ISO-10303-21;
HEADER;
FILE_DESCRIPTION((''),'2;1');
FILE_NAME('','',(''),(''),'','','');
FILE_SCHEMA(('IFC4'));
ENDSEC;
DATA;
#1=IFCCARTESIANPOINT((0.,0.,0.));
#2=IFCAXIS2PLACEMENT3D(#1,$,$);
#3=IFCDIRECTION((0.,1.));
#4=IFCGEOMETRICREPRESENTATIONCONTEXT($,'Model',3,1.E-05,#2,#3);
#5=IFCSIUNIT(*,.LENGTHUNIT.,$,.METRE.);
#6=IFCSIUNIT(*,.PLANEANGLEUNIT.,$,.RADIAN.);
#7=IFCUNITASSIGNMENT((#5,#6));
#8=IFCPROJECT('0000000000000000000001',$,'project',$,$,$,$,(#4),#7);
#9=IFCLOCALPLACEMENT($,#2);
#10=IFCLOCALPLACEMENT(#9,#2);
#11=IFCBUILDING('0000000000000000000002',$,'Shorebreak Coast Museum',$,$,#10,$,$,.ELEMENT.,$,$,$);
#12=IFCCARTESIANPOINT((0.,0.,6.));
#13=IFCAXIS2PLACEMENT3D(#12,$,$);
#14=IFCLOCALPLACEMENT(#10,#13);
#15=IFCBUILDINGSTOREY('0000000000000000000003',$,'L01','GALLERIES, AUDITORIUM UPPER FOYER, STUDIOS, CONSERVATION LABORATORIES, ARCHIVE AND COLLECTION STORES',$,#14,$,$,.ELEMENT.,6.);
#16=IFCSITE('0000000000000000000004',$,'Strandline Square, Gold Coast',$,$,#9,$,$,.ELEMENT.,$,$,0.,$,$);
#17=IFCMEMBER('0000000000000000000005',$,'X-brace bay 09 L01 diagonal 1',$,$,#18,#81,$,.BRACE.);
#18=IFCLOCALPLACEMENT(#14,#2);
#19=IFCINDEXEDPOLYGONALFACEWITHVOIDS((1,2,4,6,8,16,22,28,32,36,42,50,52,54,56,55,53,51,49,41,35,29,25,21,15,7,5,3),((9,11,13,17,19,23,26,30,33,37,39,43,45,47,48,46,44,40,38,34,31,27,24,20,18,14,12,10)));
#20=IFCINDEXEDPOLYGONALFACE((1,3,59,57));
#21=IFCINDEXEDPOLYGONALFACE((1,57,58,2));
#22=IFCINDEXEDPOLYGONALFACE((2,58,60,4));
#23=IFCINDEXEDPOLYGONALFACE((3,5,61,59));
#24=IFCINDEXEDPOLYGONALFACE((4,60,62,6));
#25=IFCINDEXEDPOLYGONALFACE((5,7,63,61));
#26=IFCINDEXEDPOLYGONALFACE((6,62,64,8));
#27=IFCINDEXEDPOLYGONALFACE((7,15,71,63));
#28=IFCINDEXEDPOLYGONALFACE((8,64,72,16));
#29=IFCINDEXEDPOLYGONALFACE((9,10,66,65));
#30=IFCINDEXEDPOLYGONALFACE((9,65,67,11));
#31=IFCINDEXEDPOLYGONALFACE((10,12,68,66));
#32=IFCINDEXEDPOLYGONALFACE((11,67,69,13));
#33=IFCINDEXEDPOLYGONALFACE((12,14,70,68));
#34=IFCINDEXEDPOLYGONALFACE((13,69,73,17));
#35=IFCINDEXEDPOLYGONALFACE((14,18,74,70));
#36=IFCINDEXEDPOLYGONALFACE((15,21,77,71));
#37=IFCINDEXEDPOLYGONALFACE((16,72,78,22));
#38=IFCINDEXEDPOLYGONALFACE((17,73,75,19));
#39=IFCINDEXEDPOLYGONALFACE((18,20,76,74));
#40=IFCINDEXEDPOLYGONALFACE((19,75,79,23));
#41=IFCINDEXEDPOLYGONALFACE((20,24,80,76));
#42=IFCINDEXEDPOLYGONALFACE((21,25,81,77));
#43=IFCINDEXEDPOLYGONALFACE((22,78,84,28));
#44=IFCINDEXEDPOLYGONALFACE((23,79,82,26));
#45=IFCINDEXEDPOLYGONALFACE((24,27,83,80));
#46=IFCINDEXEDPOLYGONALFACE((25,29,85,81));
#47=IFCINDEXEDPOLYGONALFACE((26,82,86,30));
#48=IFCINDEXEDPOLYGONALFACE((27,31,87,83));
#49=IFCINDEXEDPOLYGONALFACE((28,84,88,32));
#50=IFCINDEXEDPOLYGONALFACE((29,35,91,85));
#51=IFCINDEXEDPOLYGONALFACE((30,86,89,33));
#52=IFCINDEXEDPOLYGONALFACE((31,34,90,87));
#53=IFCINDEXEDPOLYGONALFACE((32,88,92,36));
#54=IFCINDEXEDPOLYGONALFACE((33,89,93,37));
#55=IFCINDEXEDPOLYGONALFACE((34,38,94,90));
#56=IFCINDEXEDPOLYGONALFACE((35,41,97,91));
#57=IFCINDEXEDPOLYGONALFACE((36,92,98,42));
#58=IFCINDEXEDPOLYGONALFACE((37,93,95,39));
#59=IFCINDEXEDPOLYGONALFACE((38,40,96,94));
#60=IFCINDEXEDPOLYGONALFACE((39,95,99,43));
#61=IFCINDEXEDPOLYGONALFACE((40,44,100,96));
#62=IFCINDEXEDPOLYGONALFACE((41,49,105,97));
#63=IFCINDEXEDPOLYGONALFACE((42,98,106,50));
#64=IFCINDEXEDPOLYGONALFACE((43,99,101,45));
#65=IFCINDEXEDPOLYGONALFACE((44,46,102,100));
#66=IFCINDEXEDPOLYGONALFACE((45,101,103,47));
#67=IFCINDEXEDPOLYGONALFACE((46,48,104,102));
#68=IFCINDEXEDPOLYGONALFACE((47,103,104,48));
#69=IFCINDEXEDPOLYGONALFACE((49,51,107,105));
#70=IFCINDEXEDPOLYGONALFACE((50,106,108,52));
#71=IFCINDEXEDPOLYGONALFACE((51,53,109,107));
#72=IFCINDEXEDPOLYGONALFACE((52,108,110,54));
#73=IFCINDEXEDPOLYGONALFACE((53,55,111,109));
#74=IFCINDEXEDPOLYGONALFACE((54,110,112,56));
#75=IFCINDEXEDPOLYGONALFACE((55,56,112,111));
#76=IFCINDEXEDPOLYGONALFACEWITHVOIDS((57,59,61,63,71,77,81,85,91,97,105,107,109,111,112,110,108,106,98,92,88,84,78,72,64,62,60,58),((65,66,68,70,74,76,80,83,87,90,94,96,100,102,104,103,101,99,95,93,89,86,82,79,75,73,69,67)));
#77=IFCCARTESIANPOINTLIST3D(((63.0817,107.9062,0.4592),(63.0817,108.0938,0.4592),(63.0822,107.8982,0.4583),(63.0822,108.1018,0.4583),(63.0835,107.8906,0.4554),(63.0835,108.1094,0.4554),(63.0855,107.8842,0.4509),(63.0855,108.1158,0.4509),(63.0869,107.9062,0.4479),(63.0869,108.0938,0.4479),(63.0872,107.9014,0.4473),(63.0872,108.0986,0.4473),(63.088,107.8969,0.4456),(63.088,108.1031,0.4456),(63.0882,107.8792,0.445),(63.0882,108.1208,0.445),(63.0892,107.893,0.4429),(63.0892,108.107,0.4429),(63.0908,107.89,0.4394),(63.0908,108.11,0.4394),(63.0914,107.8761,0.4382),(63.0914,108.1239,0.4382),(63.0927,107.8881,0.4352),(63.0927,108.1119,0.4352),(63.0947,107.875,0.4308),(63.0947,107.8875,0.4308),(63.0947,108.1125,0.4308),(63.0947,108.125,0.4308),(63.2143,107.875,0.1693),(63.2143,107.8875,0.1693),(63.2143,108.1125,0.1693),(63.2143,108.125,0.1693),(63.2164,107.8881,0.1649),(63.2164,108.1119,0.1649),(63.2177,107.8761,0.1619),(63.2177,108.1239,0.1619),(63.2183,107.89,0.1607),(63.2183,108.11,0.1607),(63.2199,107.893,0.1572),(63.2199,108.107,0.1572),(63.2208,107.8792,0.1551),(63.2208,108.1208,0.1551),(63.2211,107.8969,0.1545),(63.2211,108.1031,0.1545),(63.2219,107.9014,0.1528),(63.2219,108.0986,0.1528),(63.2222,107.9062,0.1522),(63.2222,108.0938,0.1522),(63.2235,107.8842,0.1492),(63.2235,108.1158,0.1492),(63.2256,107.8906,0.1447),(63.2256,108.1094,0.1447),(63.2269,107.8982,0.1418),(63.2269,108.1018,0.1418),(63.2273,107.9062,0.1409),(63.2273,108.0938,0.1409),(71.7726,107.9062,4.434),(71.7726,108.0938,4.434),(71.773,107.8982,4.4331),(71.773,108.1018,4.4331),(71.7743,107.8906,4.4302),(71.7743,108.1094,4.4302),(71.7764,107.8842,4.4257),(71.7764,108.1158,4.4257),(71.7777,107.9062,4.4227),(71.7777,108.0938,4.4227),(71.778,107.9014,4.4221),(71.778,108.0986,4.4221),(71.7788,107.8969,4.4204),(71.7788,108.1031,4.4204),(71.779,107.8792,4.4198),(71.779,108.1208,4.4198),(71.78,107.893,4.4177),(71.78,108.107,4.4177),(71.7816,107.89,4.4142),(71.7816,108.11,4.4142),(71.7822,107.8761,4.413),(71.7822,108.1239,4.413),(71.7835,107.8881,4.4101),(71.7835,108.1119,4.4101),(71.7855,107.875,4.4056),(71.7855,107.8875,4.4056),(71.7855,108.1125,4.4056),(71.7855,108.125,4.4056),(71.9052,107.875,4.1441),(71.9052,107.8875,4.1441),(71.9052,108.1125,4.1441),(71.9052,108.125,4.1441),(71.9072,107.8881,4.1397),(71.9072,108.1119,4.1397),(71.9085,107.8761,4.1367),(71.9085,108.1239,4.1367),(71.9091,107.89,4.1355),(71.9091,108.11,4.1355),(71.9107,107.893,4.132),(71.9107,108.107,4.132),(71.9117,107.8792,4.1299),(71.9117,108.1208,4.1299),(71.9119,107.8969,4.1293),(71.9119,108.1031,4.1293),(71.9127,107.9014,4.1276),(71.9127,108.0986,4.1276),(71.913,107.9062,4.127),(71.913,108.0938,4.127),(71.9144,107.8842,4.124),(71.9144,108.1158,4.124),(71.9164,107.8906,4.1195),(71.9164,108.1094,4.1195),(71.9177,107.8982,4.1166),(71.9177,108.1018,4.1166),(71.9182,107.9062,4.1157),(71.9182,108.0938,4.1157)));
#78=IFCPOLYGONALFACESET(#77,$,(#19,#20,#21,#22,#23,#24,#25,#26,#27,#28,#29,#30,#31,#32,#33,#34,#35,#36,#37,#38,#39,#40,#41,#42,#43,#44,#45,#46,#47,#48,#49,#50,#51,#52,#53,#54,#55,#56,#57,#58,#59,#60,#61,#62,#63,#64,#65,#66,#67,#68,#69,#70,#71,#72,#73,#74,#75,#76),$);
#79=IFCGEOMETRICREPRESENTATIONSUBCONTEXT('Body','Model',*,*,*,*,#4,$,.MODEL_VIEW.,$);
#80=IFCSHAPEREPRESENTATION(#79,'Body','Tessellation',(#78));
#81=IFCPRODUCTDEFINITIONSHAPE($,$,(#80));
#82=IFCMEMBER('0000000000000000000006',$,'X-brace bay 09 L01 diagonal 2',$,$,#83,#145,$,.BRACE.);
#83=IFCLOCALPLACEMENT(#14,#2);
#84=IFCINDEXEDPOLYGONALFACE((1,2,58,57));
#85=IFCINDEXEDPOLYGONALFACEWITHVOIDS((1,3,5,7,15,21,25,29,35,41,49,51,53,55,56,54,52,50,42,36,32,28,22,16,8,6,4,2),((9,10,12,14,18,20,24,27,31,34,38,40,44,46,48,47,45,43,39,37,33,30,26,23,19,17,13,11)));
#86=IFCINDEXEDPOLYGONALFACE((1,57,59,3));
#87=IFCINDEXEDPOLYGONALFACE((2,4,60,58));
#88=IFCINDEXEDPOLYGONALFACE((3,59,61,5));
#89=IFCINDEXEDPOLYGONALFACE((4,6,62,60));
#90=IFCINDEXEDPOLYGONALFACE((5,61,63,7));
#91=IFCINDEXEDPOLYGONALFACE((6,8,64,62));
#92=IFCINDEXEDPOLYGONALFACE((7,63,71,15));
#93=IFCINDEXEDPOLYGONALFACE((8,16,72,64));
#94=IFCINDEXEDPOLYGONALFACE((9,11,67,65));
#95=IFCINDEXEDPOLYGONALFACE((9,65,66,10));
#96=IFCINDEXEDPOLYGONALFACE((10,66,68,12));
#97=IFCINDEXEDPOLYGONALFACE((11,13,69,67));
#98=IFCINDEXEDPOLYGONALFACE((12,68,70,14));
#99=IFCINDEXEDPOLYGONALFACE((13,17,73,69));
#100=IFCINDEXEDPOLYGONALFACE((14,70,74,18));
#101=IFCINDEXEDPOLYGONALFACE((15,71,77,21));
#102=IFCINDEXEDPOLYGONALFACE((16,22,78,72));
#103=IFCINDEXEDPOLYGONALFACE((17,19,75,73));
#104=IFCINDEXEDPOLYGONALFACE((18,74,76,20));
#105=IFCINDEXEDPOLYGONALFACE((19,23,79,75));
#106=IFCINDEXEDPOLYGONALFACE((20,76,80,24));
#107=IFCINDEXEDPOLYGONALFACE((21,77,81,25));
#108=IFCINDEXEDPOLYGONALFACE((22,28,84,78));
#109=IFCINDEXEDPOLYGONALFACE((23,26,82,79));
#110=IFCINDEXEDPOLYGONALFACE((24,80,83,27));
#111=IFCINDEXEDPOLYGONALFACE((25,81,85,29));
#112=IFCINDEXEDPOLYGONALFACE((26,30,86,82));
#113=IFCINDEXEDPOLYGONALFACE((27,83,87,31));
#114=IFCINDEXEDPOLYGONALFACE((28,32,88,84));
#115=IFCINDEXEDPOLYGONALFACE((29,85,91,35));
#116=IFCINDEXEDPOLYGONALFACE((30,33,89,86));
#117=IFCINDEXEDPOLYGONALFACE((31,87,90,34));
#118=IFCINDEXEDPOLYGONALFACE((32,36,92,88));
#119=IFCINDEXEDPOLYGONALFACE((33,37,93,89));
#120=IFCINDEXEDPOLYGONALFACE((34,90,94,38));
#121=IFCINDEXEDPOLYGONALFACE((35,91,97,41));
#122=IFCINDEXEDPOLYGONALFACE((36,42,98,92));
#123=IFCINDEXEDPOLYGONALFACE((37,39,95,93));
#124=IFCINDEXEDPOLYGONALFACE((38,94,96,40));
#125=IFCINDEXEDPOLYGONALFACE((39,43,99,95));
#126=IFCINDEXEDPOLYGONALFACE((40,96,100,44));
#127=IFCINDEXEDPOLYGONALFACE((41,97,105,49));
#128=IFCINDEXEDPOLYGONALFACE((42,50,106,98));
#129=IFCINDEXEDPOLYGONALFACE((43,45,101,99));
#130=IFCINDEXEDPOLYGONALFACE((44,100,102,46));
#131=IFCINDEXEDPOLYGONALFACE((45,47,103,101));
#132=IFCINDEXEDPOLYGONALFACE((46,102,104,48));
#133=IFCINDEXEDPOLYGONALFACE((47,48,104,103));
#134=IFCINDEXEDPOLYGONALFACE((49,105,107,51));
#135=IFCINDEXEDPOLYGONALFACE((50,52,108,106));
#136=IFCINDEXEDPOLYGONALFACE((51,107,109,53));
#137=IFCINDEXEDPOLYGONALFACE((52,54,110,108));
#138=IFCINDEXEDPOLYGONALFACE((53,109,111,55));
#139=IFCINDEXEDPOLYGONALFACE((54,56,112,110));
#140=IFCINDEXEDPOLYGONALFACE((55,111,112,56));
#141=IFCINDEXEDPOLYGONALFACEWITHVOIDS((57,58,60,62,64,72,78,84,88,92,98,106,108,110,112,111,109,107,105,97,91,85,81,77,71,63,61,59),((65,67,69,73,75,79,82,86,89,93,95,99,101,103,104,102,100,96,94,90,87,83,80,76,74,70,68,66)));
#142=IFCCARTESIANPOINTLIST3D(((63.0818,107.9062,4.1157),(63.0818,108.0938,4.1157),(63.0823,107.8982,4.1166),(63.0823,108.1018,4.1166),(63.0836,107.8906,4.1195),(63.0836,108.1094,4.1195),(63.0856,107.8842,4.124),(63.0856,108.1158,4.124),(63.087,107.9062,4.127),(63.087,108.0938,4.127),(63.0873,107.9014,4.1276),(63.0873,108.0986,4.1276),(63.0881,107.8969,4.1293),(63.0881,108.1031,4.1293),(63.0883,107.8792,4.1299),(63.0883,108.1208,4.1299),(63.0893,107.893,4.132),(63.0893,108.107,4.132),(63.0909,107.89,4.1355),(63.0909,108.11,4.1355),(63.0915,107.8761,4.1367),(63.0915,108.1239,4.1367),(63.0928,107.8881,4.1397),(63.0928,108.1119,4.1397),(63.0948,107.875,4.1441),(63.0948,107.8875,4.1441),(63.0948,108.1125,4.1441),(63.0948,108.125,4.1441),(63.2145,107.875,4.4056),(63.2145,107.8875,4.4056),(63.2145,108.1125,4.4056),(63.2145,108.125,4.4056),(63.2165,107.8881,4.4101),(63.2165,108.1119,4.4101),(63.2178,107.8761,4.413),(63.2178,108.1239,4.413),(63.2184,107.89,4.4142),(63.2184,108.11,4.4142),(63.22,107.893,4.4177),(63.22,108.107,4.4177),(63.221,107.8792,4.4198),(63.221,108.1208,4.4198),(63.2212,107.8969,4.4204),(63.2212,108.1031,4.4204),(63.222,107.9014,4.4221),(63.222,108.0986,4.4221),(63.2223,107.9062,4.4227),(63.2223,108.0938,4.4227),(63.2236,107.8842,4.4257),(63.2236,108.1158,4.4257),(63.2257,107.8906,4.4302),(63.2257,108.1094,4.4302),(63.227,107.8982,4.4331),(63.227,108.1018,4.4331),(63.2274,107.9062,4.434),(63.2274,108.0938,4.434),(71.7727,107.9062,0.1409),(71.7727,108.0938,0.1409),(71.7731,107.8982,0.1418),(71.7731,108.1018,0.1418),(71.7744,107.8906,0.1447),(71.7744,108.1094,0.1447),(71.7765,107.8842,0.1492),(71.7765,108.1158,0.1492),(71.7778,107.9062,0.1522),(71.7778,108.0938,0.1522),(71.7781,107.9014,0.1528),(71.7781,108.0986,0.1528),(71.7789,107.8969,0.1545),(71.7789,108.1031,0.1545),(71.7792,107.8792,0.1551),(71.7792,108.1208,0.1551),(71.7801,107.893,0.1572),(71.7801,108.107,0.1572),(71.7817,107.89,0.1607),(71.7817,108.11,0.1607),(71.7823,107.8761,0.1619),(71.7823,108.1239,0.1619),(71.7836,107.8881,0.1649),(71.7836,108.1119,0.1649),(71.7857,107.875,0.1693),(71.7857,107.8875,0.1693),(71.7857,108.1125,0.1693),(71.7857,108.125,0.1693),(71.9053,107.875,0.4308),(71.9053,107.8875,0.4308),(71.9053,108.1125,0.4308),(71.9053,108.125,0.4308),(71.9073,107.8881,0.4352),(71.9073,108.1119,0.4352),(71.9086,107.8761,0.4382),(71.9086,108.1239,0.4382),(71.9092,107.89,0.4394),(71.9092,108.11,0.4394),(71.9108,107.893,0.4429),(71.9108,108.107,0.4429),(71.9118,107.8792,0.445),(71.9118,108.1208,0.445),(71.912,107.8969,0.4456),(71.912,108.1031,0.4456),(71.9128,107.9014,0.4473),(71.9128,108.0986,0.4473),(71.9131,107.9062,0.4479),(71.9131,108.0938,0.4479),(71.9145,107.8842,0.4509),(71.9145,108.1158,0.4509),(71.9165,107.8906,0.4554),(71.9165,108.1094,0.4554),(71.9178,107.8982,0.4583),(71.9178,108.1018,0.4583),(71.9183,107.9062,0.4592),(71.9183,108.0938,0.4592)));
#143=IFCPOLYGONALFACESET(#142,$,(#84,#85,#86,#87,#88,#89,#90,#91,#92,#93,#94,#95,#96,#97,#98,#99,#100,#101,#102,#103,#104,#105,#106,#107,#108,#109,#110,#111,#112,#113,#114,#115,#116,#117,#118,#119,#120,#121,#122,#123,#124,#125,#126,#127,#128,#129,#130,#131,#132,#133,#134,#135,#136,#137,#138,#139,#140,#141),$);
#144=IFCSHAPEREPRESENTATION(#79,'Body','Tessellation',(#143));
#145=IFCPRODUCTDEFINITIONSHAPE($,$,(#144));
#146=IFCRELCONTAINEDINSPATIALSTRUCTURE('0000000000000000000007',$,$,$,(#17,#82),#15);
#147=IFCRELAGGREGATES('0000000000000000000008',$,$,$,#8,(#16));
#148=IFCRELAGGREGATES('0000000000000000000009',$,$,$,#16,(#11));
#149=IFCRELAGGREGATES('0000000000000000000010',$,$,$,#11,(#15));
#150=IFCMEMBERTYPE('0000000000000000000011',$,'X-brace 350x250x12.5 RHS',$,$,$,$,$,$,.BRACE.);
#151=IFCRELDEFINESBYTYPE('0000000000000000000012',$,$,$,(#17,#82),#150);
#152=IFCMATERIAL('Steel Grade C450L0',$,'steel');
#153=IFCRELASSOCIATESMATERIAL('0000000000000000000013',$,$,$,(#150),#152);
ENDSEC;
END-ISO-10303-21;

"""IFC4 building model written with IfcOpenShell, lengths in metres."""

from ifc_helpers import new_model, si_unit, direction, frame, origin, origin_2d, place, context, subcontext, project, spatial, hollow_rectangle, extrude, material, material_profile, profile_set, type_object, element, save


model = new_model("IFC4")

# Units and contexts
model_context = context("Model", 3, precision=1e-05, world=origin(), true_north=direction((0.0, 1.0)))
body_context = subcontext(model_context, "Body", "Model", "MODEL_VIEW")
ifc_project = project(units=[si_unit("LENGTHUNIT", "METRE"), si_unit("PLANEANGLEUNIT", "RADIAN")], contexts=[model_context])

# Site, building, storey
site_placement = place(None, origin())
site = spatial("IfcSite", under=ifc_project, at=site_placement, Name="Strandline Square, Gold Coast", CompositionType="ELEMENT", RefElevation=0.0)
building_placement = place(site_placement, origin())
building = spatial("IfcBuilding", under=site, at=building_placement, Name="Shorebreak Coast Museum", CompositionType="ELEMENT")
storey_placement = place(building_placement, frame((0.0, 0.0, 6.0)))
storey = spatial("IfcBuildingStorey", under=building, at=storey_placement, Name="L01", Description="GALLERIES, AUDITORIUM UPPER FOYER, STUDIOS, CONSERVATION LABORATORIES, ARCHIVE AND COLLECTION STORES", CompositionType="ELEMENT", Elevation=6.0)

# Members
ifc_material_1 = material(Name="Steel Grade C450L0", Category="steel")
ifc_material_profile_1 = material_profile(ifc_material_1, hollow_rectangle(XDim=0.25, YDim=0.3501, WallThickness=0.0125, InnerFilletRadius=0.0188, OuterFilletRadius=0.0312, at=origin_2d()), Name="350x250x12.5 RHS")
ifc_profile_set_1 = profile_set([ifc_material_profile_1], Name="Steel Grade C450L0")
member_type = type_object("IfcMemberType", Name="X-brace 350x250x12.5 RHS", PredefinedType="BRACE", material=ifc_profile_set_1)
for number, where, z_axis, x_axis, name in (
    (1, (63.1545, 108.0, 0.3), (0.909401, 0.0, 0.415921), (0.0, 1.0, 0.0), "X-brace bay 09 L01 diagonal 1"),
    (2, (71.8455, 108.0, 0.3), (-0.909401, 0.0, 0.415921), (0.0, -1.0, 0.0), "X-brace bay 09 L01 diagonal 2"),
):
    element("IfcMember", number, at=place(storey_placement, frame(where, z_axis=z_axis, x_axis=x_axis)), inside=storey, type_object=member_type, Name=name, PredefinedType="BRACE", context=body_context, shape_type="SweptSolid", body=[
        extrude(hollow_rectangle(XDim=0.25, YDim=0.3501, WallThickness=0.0125, InnerFilletRadius=0.0188, OuterFilletRadius=0.0312, at=origin_2d()), origin(), (0.0, 0.0, 1.0), 9.5566),
    ])

save(model, "model.ifc")
